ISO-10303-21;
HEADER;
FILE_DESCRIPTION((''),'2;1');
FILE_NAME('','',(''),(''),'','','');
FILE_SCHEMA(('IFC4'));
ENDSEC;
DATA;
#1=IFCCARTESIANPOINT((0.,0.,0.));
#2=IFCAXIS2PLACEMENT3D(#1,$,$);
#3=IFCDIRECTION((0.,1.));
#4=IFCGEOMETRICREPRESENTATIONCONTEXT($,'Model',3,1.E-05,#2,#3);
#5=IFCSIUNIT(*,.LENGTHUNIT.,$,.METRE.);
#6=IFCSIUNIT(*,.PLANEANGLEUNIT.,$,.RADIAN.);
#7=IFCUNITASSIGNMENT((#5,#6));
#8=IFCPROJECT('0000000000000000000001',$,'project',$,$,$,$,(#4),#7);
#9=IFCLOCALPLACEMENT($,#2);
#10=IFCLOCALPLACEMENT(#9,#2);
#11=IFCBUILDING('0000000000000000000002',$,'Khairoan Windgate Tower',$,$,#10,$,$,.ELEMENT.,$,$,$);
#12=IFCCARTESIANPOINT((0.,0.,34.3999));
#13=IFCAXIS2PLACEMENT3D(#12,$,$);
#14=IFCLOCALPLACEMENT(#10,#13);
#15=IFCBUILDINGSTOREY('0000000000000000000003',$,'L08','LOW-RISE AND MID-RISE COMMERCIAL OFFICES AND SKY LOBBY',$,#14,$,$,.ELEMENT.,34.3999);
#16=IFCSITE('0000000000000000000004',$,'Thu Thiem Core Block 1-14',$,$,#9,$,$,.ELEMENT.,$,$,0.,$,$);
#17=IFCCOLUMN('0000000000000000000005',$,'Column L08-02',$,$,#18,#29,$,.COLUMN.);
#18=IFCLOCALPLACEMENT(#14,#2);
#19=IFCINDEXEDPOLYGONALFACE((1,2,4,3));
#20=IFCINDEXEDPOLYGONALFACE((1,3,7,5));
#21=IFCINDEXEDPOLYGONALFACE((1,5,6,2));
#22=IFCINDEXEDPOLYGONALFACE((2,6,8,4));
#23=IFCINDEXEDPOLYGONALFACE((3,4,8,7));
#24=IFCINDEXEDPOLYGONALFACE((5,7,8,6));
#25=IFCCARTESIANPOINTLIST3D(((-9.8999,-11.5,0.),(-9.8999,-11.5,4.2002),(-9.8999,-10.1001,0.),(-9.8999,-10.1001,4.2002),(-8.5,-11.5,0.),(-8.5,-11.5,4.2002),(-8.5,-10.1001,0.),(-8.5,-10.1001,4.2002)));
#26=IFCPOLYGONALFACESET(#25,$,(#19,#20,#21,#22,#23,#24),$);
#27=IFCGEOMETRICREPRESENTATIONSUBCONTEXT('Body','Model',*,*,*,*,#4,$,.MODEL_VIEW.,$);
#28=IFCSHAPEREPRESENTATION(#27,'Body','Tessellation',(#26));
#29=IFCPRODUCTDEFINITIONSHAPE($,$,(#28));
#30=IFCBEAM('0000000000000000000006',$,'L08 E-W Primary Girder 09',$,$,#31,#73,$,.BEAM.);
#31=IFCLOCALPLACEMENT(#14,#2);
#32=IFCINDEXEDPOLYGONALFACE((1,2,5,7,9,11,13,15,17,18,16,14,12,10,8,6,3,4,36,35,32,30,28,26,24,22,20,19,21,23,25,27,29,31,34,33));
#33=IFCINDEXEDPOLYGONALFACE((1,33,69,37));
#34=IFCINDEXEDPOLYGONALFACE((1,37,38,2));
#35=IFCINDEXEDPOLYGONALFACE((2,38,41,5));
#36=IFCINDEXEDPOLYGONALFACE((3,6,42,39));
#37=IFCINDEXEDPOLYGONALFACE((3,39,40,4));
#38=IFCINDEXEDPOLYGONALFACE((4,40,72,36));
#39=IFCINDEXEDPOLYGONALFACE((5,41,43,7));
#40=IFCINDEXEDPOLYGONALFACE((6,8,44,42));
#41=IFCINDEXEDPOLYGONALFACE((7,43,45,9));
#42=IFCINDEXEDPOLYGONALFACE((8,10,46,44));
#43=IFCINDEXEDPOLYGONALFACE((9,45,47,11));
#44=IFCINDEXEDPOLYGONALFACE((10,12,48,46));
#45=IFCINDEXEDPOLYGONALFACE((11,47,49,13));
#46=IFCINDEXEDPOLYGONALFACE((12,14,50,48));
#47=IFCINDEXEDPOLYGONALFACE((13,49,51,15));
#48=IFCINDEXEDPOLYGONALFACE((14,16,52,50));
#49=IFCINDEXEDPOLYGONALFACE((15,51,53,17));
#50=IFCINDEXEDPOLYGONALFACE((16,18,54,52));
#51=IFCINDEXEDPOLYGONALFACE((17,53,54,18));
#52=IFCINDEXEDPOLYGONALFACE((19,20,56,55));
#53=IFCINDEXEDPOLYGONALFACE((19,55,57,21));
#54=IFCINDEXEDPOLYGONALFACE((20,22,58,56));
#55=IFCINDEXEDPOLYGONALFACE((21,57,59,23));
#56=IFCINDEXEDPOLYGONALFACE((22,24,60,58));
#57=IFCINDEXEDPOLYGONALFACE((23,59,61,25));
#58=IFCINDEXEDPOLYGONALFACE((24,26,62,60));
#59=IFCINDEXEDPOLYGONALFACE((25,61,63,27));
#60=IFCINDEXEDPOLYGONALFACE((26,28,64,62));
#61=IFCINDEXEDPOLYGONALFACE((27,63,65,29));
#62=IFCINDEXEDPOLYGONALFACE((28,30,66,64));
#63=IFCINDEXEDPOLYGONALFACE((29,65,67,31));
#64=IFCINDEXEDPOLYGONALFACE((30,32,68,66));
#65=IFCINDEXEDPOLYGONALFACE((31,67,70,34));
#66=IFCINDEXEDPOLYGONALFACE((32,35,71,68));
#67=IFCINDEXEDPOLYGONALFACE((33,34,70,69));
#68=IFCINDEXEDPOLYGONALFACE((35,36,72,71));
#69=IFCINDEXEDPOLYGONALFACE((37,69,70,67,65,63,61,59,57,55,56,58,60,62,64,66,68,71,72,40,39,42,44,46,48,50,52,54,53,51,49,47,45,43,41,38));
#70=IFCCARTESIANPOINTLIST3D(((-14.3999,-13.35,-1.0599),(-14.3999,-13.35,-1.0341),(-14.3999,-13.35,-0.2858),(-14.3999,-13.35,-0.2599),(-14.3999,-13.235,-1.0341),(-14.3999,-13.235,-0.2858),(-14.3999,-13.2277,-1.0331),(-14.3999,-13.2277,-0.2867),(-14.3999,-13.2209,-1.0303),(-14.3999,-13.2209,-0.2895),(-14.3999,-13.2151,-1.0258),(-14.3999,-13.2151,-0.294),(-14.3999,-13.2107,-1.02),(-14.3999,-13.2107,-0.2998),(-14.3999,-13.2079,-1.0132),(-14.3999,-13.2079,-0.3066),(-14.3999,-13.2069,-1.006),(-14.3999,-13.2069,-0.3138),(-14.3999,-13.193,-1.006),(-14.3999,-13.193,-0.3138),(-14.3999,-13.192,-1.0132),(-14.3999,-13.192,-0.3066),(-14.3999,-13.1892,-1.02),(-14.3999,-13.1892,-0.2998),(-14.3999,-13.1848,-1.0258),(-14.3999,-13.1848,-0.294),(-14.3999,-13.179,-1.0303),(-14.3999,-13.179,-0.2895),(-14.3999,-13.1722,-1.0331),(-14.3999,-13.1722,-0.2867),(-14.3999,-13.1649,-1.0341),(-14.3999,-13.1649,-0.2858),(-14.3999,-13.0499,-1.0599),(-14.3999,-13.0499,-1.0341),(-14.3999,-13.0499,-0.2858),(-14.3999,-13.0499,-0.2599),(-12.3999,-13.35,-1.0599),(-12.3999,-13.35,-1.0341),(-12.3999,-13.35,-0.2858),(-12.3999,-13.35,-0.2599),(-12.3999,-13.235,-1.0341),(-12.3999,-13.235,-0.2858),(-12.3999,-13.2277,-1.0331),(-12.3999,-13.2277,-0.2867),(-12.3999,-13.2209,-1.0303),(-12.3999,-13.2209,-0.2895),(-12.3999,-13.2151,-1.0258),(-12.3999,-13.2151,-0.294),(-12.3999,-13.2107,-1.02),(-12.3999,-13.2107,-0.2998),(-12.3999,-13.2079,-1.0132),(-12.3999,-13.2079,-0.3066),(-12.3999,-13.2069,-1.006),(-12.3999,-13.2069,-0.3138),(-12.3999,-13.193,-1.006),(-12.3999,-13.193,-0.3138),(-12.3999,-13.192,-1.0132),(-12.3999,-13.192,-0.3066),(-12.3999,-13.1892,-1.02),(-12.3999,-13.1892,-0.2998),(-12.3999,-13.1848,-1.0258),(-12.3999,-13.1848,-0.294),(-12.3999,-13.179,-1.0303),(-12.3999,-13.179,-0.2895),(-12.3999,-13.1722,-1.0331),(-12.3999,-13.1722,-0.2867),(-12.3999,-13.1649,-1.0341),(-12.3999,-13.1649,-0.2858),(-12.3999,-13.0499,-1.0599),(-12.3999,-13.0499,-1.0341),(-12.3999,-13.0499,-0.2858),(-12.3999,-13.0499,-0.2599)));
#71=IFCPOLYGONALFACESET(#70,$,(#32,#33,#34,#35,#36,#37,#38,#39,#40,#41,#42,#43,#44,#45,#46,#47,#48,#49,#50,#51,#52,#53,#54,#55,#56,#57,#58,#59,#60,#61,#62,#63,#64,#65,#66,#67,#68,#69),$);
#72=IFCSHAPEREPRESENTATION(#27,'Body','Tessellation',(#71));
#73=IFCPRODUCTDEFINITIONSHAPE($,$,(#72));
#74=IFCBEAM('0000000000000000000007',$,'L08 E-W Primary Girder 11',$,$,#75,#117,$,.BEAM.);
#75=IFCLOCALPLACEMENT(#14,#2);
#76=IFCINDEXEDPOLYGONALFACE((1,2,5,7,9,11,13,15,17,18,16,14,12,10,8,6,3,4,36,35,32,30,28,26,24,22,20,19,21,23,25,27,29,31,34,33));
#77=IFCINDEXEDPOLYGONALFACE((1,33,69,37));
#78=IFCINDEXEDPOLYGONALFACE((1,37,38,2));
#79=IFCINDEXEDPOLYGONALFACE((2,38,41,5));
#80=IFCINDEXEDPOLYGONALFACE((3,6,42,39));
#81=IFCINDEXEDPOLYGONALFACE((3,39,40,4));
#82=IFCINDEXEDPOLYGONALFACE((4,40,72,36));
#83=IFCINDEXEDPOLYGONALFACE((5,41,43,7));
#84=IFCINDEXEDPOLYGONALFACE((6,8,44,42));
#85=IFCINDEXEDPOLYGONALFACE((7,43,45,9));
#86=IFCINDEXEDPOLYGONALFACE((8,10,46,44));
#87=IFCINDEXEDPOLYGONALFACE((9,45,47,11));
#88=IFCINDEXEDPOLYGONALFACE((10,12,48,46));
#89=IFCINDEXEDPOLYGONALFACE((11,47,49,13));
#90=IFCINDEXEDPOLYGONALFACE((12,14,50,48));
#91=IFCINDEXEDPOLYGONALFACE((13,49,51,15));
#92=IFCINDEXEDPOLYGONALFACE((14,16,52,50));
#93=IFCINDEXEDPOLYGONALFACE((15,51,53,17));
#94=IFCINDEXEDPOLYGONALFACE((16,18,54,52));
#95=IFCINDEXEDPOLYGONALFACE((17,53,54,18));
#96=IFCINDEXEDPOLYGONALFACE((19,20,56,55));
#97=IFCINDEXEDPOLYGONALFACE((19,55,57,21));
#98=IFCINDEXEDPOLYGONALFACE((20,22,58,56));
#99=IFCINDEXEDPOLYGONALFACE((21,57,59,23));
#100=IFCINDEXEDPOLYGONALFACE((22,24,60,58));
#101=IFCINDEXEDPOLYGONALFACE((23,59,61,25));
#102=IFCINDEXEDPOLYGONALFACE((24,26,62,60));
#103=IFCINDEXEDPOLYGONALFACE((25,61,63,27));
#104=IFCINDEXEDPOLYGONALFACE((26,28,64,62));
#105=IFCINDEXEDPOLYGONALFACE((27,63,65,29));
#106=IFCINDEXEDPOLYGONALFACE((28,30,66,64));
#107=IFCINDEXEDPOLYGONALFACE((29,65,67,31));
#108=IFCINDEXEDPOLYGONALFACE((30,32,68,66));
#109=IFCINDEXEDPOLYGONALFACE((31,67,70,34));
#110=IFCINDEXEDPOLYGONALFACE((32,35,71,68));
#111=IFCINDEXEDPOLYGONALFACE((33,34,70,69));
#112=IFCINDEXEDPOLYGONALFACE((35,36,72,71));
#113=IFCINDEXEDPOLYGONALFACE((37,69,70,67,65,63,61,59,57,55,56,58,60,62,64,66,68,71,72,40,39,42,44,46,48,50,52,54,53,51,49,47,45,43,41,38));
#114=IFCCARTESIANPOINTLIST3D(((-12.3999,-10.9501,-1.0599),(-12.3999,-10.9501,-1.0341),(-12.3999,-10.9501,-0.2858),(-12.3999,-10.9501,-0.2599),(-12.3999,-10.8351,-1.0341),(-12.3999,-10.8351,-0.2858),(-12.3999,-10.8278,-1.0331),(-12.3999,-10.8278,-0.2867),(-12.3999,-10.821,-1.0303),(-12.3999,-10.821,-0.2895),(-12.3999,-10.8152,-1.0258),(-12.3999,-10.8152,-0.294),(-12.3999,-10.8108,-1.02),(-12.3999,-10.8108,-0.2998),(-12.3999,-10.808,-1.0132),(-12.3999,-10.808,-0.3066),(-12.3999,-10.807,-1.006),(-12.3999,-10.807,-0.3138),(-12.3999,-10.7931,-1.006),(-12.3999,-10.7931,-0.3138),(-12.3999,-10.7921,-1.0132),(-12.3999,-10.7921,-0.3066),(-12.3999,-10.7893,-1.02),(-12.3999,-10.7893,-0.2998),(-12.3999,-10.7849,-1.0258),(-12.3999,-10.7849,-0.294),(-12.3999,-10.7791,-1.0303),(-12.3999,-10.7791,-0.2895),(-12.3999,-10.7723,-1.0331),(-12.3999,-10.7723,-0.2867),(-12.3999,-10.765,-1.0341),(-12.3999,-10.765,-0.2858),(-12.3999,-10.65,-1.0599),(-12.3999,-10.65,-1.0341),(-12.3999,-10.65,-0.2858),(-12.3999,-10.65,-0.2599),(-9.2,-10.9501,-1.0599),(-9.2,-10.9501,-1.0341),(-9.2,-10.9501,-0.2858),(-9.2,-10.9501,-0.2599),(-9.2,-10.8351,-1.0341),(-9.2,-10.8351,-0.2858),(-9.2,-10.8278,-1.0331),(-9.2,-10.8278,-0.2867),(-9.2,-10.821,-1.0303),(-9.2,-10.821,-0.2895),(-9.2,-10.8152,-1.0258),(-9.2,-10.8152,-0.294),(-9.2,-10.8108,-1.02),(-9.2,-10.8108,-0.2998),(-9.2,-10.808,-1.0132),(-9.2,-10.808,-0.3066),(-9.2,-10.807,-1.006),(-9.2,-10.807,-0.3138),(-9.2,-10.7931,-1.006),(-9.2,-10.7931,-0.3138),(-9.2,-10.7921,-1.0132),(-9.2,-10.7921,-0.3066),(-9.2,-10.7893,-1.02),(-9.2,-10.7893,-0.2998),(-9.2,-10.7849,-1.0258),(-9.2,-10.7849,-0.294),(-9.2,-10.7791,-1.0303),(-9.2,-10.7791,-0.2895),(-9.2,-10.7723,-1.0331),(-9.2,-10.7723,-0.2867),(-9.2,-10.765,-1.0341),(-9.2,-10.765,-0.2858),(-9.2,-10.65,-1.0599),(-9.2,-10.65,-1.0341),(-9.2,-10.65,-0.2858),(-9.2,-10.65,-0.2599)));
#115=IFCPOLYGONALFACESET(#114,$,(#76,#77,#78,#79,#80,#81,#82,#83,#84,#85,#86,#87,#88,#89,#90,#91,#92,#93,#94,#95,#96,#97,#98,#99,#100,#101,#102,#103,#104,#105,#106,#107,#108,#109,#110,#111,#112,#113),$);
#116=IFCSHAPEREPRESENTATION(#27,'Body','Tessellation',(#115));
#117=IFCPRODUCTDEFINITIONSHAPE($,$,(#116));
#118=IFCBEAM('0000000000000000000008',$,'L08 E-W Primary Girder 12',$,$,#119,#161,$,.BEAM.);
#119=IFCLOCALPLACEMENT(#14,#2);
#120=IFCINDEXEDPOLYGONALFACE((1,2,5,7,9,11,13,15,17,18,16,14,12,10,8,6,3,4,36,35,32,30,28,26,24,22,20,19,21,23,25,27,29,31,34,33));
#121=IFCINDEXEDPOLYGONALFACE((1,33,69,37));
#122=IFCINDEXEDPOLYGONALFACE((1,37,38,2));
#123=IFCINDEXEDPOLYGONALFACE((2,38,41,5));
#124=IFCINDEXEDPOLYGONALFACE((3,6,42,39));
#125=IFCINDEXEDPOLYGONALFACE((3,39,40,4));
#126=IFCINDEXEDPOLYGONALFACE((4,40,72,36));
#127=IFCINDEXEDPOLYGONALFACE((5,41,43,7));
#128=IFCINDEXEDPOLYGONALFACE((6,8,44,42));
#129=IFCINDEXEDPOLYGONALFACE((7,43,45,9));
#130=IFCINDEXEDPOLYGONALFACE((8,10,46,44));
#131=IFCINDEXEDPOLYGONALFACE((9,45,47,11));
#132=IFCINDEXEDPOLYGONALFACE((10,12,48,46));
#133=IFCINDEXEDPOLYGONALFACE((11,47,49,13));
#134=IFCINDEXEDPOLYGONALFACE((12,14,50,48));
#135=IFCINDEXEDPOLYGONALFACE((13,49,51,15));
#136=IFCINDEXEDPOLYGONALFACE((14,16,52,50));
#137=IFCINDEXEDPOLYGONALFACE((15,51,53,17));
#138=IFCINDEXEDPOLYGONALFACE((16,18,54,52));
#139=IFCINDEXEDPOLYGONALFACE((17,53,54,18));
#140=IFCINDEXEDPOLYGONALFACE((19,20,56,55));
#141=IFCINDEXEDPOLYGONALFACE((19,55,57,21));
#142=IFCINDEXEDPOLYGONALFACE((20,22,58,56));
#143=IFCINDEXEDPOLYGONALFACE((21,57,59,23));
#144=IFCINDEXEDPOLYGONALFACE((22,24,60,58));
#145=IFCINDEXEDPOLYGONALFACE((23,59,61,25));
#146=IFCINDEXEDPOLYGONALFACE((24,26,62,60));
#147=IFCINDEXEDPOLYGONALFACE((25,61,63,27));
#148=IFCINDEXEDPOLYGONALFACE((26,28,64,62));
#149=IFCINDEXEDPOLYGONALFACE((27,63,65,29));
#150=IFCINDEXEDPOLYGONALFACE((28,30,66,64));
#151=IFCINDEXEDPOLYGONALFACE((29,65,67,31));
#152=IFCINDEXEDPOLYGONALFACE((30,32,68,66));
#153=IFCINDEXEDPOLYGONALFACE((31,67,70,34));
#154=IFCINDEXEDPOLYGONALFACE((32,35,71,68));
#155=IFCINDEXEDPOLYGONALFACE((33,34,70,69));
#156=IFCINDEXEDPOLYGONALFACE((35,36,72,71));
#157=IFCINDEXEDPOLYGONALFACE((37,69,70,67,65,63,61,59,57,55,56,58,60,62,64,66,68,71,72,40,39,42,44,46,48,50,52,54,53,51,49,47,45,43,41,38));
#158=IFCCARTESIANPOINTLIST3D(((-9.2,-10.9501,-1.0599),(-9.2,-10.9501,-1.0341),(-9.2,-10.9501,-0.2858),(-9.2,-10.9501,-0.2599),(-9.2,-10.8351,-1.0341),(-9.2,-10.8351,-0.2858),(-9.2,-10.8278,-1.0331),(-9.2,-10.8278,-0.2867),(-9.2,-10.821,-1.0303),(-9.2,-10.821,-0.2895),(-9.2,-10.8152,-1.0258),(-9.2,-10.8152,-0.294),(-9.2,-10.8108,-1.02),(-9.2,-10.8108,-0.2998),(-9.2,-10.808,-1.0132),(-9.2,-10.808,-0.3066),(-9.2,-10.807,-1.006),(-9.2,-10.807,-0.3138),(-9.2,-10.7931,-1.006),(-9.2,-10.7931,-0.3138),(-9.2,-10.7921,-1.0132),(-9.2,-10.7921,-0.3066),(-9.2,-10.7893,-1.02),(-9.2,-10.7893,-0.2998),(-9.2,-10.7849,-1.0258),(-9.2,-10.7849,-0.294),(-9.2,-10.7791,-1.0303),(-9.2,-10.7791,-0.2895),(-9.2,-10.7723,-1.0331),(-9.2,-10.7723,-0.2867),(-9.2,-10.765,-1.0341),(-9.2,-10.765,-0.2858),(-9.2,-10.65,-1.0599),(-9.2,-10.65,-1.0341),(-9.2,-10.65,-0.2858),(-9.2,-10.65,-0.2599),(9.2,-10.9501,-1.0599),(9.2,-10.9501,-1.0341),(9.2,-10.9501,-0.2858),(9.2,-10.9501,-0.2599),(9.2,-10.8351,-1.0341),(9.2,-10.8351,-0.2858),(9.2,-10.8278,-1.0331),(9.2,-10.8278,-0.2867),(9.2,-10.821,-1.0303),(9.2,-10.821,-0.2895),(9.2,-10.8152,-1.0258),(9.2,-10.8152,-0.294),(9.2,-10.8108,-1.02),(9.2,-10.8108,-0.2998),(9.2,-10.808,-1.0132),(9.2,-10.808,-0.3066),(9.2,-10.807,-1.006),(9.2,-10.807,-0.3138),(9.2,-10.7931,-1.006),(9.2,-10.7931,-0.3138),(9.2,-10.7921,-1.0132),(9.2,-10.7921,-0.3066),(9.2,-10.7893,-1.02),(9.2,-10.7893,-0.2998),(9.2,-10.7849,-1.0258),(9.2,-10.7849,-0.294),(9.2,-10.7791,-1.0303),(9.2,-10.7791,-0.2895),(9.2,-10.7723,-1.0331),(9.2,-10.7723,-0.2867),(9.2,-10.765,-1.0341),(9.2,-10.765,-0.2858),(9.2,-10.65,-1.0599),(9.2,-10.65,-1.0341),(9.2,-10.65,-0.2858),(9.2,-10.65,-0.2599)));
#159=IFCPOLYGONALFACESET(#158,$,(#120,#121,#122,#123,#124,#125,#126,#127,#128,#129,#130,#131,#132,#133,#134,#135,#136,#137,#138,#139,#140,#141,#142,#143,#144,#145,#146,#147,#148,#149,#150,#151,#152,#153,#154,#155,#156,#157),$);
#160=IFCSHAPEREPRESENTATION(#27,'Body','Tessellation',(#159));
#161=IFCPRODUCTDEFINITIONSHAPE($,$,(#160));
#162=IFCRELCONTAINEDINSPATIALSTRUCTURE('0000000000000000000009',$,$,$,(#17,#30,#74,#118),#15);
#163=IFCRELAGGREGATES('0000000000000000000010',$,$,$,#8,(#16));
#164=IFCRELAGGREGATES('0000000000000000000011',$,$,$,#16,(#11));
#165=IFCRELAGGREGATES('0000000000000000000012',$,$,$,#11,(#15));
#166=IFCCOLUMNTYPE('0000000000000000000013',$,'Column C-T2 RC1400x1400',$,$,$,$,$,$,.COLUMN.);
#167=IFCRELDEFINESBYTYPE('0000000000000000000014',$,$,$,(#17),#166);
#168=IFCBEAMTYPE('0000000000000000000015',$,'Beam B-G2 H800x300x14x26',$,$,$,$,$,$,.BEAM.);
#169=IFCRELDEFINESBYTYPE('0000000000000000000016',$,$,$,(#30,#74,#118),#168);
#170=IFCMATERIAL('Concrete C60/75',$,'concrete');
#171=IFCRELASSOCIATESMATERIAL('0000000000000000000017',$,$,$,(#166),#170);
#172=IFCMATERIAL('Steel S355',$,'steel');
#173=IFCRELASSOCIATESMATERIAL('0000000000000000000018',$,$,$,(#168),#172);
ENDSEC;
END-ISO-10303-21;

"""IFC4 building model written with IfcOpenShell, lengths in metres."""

from ifc_helpers import new_model, si_unit, direction, frame, origin, origin_2d, place, context, subcontext, project, spatial, rectangle, i_section, extrude, material, material_profile, profile_set, type_object, element, save


model = new_model("IFC4")

# Units and contexts
model_context = context("Model", 3, precision=1e-05, world=origin(), true_north=direction((0.0, 1.0)))
body_context = subcontext(model_context, "Body", "Model", "MODEL_VIEW")
ifc_project = project(units=[si_unit("LENGTHUNIT", "METRE"), si_unit("PLANEANGLEUNIT", "RADIAN")], contexts=[model_context])

# Site, building, storey
site_placement = place(None, origin())
site = spatial("IfcSite", under=ifc_project, at=site_placement, Name="Thu Thiem Core Block 1-14", CompositionType="ELEMENT", RefElevation=0.0)
building_placement = place(site_placement, origin())
building = spatial("IfcBuilding", under=site, at=building_placement, Name="Khairoan Windgate Tower", CompositionType="ELEMENT")
storey_placement = place(building_placement, frame((0.0, 0.0, 34.3999)))
storey = spatial("IfcBuildingStorey", under=building, at=storey_placement, Name="L08", Description="LOW-RISE AND MID-RISE COMMERCIAL OFFICES AND SKY LOBBY", CompositionType="ELEMENT", Elevation=34.3999)

# Column
ifc_material_1 = material(Name="Concrete C60/75", Category="concrete")
ifc_material_profile_1 = material_profile(ifc_material_1, rectangle(XDim=1.3999, YDim=1.3999, at=origin_2d()))
ifc_profile_set_1 = profile_set([ifc_material_profile_1], Name="Concrete C60/75")
column_type = type_object("IfcColumnType", Name="Column C-T2 RC1400x1400", PredefinedType="COLUMN", material=ifc_profile_set_1)
column_placement = place(storey_placement, frame((-9.2, -10.8, 0.0), z_axis=(0.0, 0.0, 1.0), x_axis=(1.0, 0.0, 0.0)))
element("IfcColumn", 1, at=column_placement, inside=storey, type_object=column_type, Name="Column L08-02", PredefinedType="COLUMN", context=body_context, shape_type="SweptSolid", body=[
    extrude(rectangle(XDim=1.3999, YDim=1.3999, at=origin_2d()), origin(), (0.0, 0.0, 1.0), 4.2002),
])

# Beams
ifc_material_2 = material(Name="Steel S355", Category="steel")
ifc_material_profile_2 = material_profile(ifc_material_2, i_section(OverallWidth=0.3, OverallDepth=0.8, WebThickness=0.0139, FlangeThickness=0.0259, FilletRadius=0.0281, at=origin_2d()))
ifc_profile_set_2 = profile_set([ifc_material_profile_2], Name="Steel S355")
beam_type_1 = type_object("IfcBeamType", Name="Beam B-G2 H800x300x14x26", PredefinedType="BEAM", material=ifc_profile_set_2)
beam_1_placement = place(storey_placement, frame((-14.3999, -13.2, -0.6599), z_axis=(1.0, 0.0, 0.0), x_axis=(0.0, 1.0, 0.0)))
element("IfcBeam", 2, at=beam_1_placement, inside=storey, type_object=beam_type_1, Name="L08 E-W Primary Girder 09", PredefinedType="BEAM", context=body_context, shape_type="SweptSolid", body=[
    extrude(i_section(OverallWidth=0.3, OverallDepth=0.8, WebThickness=0.0139, FlangeThickness=0.0259, FilletRadius=0.0281, at=origin_2d()), origin(), (0.0, 0.0, 1.0), 2.0),
])
beam_2_placement = place(storey_placement, frame((-12.3999, -10.8, -0.6599), z_axis=(1.0, 0.0, 0.0), x_axis=(0.0, 1.0, 0.0)))
element("IfcBeam", 3, at=beam_2_placement, inside=storey, type_object=beam_type_1, Name="L08 E-W Primary Girder 11", PredefinedType="BEAM", context=body_context, shape_type="SweptSolid", body=[
    extrude(i_section(OverallWidth=0.3, OverallDepth=0.8, WebThickness=0.0139, FlangeThickness=0.0259, FilletRadius=0.0281, at=origin_2d()), origin(), (0.0, 0.0, 1.0), 3.2),
])
beam_3_placement = place(storey_placement, frame((-9.2, -10.8, -0.6599), z_axis=(1.0, 0.0, 0.0), x_axis=(0.0, 1.0, 0.0)))
element("IfcBeam", 4, at=beam_3_placement, inside=storey, type_object=beam_type_1, Name="L08 E-W Primary Girder 12", PredefinedType="BEAM", context=body_context, shape_type="SweptSolid", body=[
    extrude(i_section(OverallWidth=0.3, OverallDepth=0.8, WebThickness=0.0139, FlangeThickness=0.0259, FilletRadius=0.0281, at=origin_2d()), origin(), (0.0, 0.0, 1.0), 18.3999),
])

save(model, "model.ifc")
